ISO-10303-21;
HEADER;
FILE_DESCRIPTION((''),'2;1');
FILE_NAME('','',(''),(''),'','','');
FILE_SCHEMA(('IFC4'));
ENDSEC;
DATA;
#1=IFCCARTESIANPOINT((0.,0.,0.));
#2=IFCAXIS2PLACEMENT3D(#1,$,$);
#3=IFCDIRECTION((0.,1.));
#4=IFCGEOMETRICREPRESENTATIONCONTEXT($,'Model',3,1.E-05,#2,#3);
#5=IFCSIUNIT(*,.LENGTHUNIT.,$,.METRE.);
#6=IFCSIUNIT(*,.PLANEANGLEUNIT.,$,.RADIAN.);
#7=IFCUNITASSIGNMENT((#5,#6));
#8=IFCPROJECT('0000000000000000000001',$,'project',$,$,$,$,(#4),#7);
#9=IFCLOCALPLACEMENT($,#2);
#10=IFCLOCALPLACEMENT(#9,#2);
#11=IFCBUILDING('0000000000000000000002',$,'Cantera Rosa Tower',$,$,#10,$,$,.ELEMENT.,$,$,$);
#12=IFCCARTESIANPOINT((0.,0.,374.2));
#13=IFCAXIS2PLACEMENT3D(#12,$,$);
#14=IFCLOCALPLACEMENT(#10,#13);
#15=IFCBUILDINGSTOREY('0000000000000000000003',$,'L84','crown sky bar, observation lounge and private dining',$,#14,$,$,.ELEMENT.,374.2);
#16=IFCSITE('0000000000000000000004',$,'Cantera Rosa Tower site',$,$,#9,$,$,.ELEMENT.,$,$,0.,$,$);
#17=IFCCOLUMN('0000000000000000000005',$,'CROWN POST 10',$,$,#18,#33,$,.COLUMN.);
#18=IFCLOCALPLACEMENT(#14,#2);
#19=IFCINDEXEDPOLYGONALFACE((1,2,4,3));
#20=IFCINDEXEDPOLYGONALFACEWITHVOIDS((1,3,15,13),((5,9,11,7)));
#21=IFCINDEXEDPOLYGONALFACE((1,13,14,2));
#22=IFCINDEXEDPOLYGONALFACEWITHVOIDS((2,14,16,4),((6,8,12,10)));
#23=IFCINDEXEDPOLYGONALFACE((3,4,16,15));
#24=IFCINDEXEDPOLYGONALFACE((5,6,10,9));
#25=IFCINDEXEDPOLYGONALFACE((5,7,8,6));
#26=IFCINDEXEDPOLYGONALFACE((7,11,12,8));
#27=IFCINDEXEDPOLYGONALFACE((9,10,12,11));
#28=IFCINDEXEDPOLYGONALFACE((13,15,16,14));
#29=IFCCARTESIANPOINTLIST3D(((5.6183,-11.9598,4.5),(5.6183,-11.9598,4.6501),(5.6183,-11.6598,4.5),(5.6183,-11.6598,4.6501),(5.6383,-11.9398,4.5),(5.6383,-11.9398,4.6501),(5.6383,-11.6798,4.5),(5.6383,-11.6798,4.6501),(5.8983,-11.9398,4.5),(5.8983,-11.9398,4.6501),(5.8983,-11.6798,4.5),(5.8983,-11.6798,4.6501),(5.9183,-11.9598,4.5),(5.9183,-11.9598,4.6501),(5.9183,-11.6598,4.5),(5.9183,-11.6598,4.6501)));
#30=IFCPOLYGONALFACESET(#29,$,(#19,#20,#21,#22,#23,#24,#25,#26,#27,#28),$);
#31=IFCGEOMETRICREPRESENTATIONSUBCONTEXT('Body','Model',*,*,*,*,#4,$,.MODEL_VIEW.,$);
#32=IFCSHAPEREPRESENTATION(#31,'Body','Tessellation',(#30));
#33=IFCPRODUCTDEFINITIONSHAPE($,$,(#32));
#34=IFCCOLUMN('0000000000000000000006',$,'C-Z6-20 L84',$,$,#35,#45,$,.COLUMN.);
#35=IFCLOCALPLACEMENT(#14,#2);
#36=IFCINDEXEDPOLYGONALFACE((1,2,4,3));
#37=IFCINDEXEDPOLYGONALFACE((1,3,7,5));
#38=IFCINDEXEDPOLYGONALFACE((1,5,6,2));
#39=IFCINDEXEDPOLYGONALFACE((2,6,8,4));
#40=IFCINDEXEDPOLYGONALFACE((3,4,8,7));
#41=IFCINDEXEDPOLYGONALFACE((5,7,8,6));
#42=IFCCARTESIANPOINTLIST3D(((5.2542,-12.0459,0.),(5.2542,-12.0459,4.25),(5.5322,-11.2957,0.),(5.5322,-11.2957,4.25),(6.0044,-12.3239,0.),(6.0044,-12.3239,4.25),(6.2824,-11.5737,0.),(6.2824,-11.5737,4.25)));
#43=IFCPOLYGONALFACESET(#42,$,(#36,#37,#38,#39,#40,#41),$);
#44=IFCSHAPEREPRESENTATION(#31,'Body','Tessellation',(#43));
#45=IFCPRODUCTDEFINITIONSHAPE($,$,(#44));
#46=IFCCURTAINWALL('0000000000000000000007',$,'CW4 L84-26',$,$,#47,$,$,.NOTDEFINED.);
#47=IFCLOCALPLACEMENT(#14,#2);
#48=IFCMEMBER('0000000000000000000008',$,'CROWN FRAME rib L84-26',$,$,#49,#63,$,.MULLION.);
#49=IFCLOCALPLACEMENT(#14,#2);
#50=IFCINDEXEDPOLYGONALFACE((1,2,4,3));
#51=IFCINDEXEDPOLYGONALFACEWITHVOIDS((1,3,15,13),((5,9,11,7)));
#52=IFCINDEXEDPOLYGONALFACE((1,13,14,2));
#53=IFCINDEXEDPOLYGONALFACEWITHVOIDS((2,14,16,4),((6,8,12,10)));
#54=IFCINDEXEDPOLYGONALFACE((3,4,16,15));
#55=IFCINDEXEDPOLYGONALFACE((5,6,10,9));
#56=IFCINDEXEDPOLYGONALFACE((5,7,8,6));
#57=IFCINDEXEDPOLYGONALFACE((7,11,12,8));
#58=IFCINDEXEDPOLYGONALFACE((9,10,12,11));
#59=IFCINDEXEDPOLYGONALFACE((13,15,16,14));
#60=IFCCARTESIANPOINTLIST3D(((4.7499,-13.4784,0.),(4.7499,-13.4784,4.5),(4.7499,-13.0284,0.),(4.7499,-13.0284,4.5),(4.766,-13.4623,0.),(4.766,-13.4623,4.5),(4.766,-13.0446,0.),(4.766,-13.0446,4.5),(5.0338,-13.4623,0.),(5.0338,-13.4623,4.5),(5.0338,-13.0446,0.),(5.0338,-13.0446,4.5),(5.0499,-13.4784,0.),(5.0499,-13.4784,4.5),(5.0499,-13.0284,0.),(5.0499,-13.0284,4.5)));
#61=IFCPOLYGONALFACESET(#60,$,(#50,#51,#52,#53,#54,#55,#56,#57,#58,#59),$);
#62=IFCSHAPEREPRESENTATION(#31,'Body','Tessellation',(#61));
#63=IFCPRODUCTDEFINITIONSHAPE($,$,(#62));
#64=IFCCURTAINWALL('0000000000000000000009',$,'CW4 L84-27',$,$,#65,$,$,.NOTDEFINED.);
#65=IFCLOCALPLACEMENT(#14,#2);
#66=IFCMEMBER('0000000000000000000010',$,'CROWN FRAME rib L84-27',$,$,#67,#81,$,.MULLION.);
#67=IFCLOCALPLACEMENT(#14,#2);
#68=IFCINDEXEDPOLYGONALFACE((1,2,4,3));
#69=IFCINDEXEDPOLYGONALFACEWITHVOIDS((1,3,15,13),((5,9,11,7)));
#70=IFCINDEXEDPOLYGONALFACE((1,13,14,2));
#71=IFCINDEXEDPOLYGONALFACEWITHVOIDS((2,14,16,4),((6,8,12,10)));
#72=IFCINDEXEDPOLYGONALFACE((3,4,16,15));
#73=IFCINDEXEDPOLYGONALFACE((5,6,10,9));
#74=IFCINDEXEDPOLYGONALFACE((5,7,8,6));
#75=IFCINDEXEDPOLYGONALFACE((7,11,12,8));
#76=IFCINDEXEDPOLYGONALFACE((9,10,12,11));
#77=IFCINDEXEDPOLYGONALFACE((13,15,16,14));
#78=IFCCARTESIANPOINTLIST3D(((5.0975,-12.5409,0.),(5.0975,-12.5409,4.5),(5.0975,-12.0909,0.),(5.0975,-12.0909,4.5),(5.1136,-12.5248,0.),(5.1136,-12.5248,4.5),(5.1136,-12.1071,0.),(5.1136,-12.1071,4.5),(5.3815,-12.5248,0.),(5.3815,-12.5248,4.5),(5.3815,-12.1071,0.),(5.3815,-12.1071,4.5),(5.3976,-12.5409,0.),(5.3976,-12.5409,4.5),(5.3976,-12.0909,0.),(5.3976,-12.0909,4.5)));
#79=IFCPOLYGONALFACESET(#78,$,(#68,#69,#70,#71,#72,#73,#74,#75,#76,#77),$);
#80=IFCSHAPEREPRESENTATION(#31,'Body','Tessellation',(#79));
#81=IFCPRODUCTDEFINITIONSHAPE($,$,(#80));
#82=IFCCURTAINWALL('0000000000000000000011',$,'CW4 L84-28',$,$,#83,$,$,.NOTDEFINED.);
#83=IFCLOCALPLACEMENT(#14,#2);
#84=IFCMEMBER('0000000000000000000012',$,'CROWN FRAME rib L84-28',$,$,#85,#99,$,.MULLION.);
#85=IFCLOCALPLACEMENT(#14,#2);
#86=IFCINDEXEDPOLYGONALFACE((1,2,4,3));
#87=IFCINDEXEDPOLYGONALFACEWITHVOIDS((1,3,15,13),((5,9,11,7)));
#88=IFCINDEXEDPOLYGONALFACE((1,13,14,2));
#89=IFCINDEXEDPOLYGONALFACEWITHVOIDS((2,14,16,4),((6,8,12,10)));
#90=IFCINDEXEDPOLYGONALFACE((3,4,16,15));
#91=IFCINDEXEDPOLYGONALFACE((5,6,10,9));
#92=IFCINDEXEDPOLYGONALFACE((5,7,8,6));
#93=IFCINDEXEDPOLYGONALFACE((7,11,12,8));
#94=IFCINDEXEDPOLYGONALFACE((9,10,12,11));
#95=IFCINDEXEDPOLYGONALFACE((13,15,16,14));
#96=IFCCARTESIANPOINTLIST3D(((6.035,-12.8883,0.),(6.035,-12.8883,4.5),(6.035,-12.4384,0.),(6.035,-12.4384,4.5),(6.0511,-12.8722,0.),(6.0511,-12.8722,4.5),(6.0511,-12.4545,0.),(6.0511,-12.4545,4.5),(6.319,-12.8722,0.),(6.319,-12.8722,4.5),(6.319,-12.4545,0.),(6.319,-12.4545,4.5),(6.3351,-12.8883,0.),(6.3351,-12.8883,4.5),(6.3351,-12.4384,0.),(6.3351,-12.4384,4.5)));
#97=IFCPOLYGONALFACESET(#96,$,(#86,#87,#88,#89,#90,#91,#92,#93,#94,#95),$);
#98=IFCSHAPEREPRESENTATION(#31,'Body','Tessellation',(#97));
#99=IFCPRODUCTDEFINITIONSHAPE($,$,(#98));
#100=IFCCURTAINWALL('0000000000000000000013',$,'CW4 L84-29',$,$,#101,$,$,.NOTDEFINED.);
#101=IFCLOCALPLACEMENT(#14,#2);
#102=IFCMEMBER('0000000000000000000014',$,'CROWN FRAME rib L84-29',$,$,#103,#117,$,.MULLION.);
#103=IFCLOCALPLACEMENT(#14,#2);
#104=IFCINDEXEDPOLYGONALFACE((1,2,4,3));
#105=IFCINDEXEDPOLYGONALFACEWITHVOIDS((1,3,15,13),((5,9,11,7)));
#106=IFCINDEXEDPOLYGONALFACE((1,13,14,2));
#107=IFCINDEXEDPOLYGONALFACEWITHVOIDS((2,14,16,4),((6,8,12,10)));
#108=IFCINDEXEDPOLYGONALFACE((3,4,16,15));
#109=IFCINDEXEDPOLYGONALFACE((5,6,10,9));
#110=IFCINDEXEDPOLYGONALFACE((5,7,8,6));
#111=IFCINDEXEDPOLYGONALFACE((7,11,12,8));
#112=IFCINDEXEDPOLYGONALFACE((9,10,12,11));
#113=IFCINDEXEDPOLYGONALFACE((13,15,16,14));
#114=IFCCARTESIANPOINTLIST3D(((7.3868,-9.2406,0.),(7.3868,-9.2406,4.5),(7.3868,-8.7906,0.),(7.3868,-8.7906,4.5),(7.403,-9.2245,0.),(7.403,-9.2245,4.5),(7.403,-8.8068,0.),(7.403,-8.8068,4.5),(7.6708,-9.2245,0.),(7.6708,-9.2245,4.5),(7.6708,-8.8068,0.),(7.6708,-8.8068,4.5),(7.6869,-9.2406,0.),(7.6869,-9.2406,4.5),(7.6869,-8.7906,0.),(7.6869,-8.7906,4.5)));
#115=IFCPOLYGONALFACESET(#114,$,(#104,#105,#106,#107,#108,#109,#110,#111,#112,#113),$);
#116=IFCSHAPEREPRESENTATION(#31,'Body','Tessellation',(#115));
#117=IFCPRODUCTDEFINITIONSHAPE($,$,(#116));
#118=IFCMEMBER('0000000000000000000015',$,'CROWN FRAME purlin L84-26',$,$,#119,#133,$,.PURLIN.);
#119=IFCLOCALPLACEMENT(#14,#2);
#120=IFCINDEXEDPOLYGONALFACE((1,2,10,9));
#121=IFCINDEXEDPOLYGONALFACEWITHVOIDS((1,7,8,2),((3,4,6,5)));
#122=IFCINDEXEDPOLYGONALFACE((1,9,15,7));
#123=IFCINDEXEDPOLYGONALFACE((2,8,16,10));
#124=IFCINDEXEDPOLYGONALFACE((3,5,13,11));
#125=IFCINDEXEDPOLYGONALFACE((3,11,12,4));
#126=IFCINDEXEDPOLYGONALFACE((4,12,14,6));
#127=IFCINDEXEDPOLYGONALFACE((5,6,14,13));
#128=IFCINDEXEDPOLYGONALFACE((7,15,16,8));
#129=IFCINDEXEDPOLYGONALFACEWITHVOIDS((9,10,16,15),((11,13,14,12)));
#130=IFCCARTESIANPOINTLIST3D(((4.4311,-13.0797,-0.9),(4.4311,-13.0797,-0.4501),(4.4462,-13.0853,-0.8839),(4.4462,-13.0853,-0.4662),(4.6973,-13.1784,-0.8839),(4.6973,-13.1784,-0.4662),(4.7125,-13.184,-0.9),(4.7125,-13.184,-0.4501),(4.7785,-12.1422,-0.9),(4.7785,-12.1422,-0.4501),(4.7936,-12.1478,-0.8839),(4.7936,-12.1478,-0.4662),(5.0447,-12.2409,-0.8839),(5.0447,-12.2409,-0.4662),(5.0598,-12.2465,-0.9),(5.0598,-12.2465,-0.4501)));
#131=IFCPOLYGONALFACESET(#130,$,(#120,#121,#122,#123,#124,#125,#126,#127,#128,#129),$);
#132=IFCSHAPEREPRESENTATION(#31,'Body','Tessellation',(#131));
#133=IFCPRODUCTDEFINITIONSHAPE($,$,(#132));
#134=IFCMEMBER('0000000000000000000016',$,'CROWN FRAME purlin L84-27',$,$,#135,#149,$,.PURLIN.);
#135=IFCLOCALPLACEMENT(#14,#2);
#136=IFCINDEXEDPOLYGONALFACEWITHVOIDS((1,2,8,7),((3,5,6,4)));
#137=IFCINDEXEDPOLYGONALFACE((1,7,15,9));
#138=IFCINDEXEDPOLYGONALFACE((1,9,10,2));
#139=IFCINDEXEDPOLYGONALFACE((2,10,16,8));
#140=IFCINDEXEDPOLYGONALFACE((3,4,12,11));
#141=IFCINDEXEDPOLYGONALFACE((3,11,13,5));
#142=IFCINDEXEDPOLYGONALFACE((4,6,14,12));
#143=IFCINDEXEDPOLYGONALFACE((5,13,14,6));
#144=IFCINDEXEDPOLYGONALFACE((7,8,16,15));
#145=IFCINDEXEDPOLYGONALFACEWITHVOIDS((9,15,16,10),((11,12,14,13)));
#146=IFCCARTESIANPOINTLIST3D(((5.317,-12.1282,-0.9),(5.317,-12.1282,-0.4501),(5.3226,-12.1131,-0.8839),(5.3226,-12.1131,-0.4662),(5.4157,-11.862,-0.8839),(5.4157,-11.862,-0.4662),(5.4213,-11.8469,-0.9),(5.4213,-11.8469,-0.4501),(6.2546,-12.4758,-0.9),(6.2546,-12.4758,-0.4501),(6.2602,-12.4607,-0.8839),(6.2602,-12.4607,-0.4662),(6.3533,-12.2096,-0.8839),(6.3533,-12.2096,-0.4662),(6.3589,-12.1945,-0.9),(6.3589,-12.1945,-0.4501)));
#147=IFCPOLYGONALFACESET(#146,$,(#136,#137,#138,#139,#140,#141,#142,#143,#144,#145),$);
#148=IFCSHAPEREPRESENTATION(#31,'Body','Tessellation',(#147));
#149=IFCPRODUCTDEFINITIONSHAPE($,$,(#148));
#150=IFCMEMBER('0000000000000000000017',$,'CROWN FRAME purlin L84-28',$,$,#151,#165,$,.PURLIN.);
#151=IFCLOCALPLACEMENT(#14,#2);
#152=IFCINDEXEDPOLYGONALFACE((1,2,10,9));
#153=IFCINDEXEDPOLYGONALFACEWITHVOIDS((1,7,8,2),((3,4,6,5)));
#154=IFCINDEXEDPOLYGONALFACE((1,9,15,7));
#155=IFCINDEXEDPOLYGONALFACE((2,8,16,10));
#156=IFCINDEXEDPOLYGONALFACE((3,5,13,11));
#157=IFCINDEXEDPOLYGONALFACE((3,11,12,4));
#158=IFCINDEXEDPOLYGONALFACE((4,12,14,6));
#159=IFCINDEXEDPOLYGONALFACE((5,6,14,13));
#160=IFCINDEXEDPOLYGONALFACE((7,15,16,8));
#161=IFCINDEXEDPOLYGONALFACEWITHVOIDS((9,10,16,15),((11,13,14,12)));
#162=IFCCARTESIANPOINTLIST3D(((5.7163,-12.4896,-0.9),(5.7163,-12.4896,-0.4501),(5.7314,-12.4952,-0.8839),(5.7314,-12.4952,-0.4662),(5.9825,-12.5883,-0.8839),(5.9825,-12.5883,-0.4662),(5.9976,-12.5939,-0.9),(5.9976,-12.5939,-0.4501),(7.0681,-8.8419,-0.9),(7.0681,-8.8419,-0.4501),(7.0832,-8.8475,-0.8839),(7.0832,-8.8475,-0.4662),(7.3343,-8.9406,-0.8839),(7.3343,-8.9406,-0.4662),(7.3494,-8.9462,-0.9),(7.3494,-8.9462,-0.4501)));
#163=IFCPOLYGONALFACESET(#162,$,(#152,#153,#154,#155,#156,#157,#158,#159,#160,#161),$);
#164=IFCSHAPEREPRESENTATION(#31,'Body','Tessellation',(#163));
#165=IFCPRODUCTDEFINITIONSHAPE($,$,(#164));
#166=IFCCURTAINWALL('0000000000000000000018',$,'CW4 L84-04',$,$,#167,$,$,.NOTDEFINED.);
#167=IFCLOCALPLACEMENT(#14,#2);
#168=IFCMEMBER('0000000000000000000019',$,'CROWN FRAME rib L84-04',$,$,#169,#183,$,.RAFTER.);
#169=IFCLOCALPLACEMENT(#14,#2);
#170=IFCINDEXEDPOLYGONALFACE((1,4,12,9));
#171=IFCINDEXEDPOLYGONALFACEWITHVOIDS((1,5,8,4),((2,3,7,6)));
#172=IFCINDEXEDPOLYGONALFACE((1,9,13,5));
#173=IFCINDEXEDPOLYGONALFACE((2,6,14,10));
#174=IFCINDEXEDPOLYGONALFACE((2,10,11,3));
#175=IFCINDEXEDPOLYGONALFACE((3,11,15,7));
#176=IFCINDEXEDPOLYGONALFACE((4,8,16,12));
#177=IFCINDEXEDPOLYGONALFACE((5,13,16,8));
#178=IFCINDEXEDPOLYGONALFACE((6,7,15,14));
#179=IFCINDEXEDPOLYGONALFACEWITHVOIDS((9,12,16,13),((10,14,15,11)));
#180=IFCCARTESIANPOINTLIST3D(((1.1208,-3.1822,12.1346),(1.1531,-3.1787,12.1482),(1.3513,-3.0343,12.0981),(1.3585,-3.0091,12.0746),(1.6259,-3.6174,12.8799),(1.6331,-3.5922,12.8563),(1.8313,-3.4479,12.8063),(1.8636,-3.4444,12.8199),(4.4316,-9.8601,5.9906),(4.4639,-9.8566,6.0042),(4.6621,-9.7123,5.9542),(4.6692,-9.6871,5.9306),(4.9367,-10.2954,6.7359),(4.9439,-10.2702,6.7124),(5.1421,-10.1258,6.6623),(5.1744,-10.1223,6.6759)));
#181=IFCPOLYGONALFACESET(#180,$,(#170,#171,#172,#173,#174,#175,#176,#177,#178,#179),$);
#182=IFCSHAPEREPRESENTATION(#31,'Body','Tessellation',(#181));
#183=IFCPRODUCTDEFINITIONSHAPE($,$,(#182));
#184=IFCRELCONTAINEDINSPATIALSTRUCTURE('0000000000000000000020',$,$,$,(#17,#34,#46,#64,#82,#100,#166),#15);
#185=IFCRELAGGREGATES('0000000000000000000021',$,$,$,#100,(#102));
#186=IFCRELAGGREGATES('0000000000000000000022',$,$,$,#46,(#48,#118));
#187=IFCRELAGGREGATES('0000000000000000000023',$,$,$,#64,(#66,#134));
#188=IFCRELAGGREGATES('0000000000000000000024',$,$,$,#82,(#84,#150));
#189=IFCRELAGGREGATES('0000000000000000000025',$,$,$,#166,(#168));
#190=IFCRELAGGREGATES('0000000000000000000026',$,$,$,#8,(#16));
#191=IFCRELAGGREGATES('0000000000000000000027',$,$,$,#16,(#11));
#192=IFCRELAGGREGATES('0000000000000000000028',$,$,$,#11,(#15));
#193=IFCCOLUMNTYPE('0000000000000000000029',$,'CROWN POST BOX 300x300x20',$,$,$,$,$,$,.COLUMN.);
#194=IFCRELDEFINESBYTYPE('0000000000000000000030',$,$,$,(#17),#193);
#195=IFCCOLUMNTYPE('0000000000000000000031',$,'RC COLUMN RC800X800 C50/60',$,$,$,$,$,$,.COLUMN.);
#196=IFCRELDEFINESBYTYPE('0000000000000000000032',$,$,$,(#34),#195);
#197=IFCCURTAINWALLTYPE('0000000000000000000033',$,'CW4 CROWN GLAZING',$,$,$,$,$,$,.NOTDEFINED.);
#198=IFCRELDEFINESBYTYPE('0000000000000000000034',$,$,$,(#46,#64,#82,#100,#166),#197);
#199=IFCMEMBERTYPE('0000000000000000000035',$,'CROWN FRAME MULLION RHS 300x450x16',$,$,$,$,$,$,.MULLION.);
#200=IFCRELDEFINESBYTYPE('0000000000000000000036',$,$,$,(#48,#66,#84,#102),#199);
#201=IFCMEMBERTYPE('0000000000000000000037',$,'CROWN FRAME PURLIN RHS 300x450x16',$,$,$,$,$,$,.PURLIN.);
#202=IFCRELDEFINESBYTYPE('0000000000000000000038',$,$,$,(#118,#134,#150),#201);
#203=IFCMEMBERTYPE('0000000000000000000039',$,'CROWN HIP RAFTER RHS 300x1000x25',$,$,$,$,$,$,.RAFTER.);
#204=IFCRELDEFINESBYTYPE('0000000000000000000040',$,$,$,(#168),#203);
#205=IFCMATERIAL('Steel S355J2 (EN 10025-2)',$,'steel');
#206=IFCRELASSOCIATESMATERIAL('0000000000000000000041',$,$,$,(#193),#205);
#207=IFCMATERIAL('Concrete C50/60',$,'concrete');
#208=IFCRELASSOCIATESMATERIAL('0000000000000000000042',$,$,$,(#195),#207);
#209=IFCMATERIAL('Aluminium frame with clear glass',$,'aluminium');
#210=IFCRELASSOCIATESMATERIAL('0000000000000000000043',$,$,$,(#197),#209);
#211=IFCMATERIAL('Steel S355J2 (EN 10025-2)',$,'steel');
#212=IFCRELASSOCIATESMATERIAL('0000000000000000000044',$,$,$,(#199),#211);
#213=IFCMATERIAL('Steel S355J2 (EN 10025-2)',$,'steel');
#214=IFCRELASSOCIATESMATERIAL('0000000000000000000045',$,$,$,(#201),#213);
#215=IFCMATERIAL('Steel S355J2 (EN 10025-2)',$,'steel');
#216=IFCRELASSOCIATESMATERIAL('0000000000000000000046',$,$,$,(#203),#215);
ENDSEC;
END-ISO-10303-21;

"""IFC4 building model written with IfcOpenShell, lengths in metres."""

from ifc_helpers import new_model, si_unit, direction, frame, origin, origin_2d, place, context, subcontext, project, spatial, rectangle, hollow_rectangle, extrude, material, material_profile, profile_set, type_object, element, aggregate, save


model = new_model("IFC4")

# Units and contexts
model_context = context("Model", 3, precision=1e-05, world=origin(), true_north=direction((0.0, 1.0)))
body_context = subcontext(model_context, "Body", "Model", "MODEL_VIEW")
ifc_project = project(units=[si_unit("LENGTHUNIT", "METRE"), si_unit("PLANEANGLEUNIT", "RADIAN")], contexts=[model_context])

# Site, building, storey
site_placement = place(None, origin())
site = spatial("IfcSite", under=ifc_project, at=site_placement, Name="Cantera Rosa Tower site", CompositionType="ELEMENT", RefElevation=0.0)
building_placement = place(site_placement, origin())
building = spatial("IfcBuilding", under=site, at=building_placement, Name="Cantera Rosa Tower", CompositionType="ELEMENT")
storey_placement = place(building_placement, frame((0.0, 0.0, 374.2)))
storey = spatial("IfcBuildingStorey", under=building, at=storey_placement, Name="L84", Description="crown sky bar, observation lounge and private dining", CompositionType="ELEMENT", Elevation=374.2)

# Columns
ifc_material_1 = material(Name="Steel S355J2 (EN 10025-2)", Category="steel")
ifc_material_profile_1 = material_profile(ifc_material_1, hollow_rectangle(XDim=0.3, YDim=0.3, WallThickness=0.02, at=origin_2d()), Name="CROWN POST BOX 300x300x20")
ifc_profile_set_1 = profile_set([ifc_material_profile_1], Name="Steel S355J2 (EN 10025-2)")
column_type_1 = type_object("IfcColumnType", Name="CROWN POST BOX 300x300x20", PredefinedType="COLUMN", material=ifc_profile_set_1)
column_1_placement = place(storey_placement, frame((5.7683, -11.8098, 4.5), z_axis=(0.0, 0.0, 1.0), x_axis=(1.0, 0.0, 0.0)))
element("IfcColumn", 1, at=column_1_placement, inside=storey, type_object=column_type_1, Name="CROWN POST 10", PredefinedType="COLUMN", context=body_context, shape_type="SweptSolid", body=[
    extrude(hollow_rectangle(XDim=0.3, YDim=0.3, WallThickness=0.02, at=origin_2d()), origin(), (0.0, 0.0, 1.0), 0.1501),
])
ifc_material_2 = material(Name="Concrete C50/60", Category="concrete")
ifc_material_profile_2 = material_profile(ifc_material_2, rectangle(XDim=0.8, YDim=0.8, at=origin_2d()), Name="RC COLUMN RC800X800 C50/60")
ifc_profile_set_2 = profile_set([ifc_material_profile_2], Name="Concrete C50/60")
column_type_2 = type_object("IfcColumnType", Name="RC COLUMN RC800X800 C50/60", PredefinedType="COLUMN", material=ifc_profile_set_2)
column_2_placement = place(storey_placement, frame((5.7683, -11.8098, 0.0), z_axis=(0.0, 0.0, 1.0), x_axis=(0.347481, 0.937687, 0.0)))
element("IfcColumn", 2, at=column_2_placement, inside=storey, type_object=column_type_2, Name="C-Z6-20 L84", PredefinedType="COLUMN", context=body_context, shape_type="SweptSolid", body=[
    extrude(rectangle(XDim=0.8, YDim=0.8, at=origin_2d()), origin(), (0.0, 0.0, 1.0), 4.25),
])

# Curtain walls, members
ifc_material_3 = material(Name="Aluminium frame with clear glass", Category="aluminium")
curtain_wall_type = type_object("IfcCurtainWallType", Name="CW4 CROWN GLAZING", PredefinedType="NOTDEFINED", material=ifc_material_3)
curtain_wall_1_placement = place(storey_placement, origin())
curtain_wall_1 = element("IfcCurtainWall", 3, at=curtain_wall_1_placement, inside=storey, type_object=curtain_wall_type, Name="CW4 L84-26", PredefinedType="NOTDEFINED")
ifc_material_4 = material(Name="Steel S355J2 (EN 10025-2)", Category="steel")
ifc_material_profile_3 = material_profile(ifc_material_4, hollow_rectangle(XDim=0.3, YDim=0.45, WallThickness=0.0161, at=origin_2d()), Name="CROWN FRAME MULLION RHS 300x450x16")
ifc_profile_set_3 = profile_set([ifc_material_profile_3], Name="Steel S355J2 (EN 10025-2)")
member_type_1 = type_object("IfcMemberType", Name="CROWN FRAME MULLION RHS 300x450x16", PredefinedType="MULLION", material=ifc_profile_set_3)
member_1_placement = place(storey_placement, frame((4.8999, -13.2534, 0.0), z_axis=(0.0, 0.0, 1.0), x_axis=(1.0, 0.0, 0.0)))
member_1 = element("IfcMember", 4, at=member_1_placement, type_object=member_type_1, Name="CROWN FRAME rib L84-26", PredefinedType="MULLION", context=body_context, shape_type="SweptSolid", body=[
    extrude(hollow_rectangle(XDim=0.3, YDim=0.45, WallThickness=0.0161, at=origin_2d()), origin(), (0.0, 0.0, 1.0), 4.5),
])
curtain_wall_2_placement = place(storey_placement, origin())
curtain_wall_2 = element("IfcCurtainWall", 5, at=curtain_wall_2_placement, inside=storey, type_object=curtain_wall_type, Name="CW4 L84-27", PredefinedType="NOTDEFINED")
member_2_placement = place(storey_placement, frame((5.2476, -12.3159, 0.0), z_axis=(0.0, 0.0, 1.0), x_axis=(1.0, 0.0, 0.0)))
member_2 = element("IfcMember", 6, at=member_2_placement, type_object=member_type_1, Name="CROWN FRAME rib L84-27", PredefinedType="MULLION", context=body_context, shape_type="SweptSolid", body=[
    extrude(hollow_rectangle(XDim=0.3, YDim=0.45, WallThickness=0.0161, at=origin_2d()), origin(), (0.0, 0.0, 1.0), 4.5),
])
curtain_wall_3_placement = place(storey_placement, origin())
curtain_wall_3 = element("IfcCurtainWall", 7, at=curtain_wall_3_placement, inside=storey, type_object=curtain_wall_type, Name="CW4 L84-28", PredefinedType="NOTDEFINED")
member_3_placement = place(storey_placement, frame((6.1851, -12.6633, 0.0), z_axis=(0.0, 0.0, 1.0), x_axis=(1.0, 0.0, 0.0)))
member_3 = element("IfcMember", 8, at=member_3_placement, type_object=member_type_1, Name="CROWN FRAME rib L84-28", PredefinedType="MULLION", context=body_context, shape_type="SweptSolid", body=[
    extrude(hollow_rectangle(XDim=0.3, YDim=0.45, WallThickness=0.0161, at=origin_2d()), origin(), (0.0, 0.0, 1.0), 4.5),
])
curtain_wall_4_placement = place(storey_placement, origin())
curtain_wall_4 = element("IfcCurtainWall", 9, at=curtain_wall_4_placement, inside=storey, type_object=curtain_wall_type, Name="CW4 L84-29", PredefinedType="NOTDEFINED")
member_4_placement = place(storey_placement, frame((7.5369, -9.0156, 0.0), z_axis=(0.0, 0.0, 1.0), x_axis=(1.0, 0.0, 0.0)))
member_4 = element("IfcMember", 10, at=member_4_placement, type_object=member_type_1, Name="CROWN FRAME rib L84-29", PredefinedType="MULLION", context=body_context, shape_type="SweptSolid", body=[
    extrude(hollow_rectangle(XDim=0.3, YDim=0.45, WallThickness=0.0161, at=origin_2d()), origin(), (0.0, 0.0, 1.0), 4.5),
])

# Members
ifc_material_5 = material(Name="Steel S355J2 (EN 10025-2)", Category="steel")
ifc_material_profile_4 = material_profile(ifc_material_5, hollow_rectangle(XDim=0.3, YDim=0.45, WallThickness=0.0161, at=origin_2d()), Name="CROWN FRAME PURLIN RHS 300x450x16")
ifc_profile_set_4 = profile_set([ifc_material_profile_4], Name="Steel S355J2 (EN 10025-2)")
member_type_2 = type_object("IfcMemberType", Name="CROWN FRAME PURLIN RHS 300x450x16", PredefinedType="PURLIN", material=ifc_profile_set_4)
member_5_placement = place(storey_placement, frame((4.5718, -13.1318, -0.675), z_axis=(0.347481, 0.937687, 0.0), x_axis=(-0.937687, 0.347481, 0.0)))
member_5 = element("IfcMember", 11, at=member_5_placement, type_object=member_type_2, Name="CROWN FRAME purlin L84-26", PredefinedType="PURLIN", context=body_context, shape_type="SweptSolid", body=[
    extrude(hollow_rectangle(XDim=0.3, YDim=0.45, WallThickness=0.0161, at=origin_2d()), origin(), (0.0, 0.0, 1.0), 0.9998),
])
member_6_placement = place(storey_placement, frame((5.3691, -11.9875, -0.675), z_axis=(0.937637, -0.347616, 0.0), x_axis=(0.347616, 0.937637, 0.0)))
member_6 = element("IfcMember", 12, at=member_6_placement, type_object=member_type_2, Name="CROWN FRAME purlin L84-27", PredefinedType="PURLIN", context=body_context, shape_type="SweptSolid", body=[
    extrude(hollow_rectangle(XDim=0.3, YDim=0.45, WallThickness=0.0161, at=origin_2d()), origin(), (0.0, 0.0, 1.0), 1.0),
])
member_7_placement = place(storey_placement, frame((5.8569, -12.5417, -0.675), z_axis=(0.347496, 0.937681, 0.0), x_axis=(-0.937681, 0.347496, 0.0)))
member_7 = element("IfcMember", 13, at=member_7_placement, type_object=member_type_2, Name="CROWN FRAME purlin L84-28", PredefinedType="PURLIN", context=body_context, shape_type="SweptSolid", body=[
    extrude(hollow_rectangle(XDim=0.3, YDim=0.45, WallThickness=0.0161, at=origin_2d()), origin(), (0.0, 0.0, 1.0), 3.8901),
])

# Curtain wall, member
curtain_wall_5_placement = place(storey_placement, origin())
curtain_wall_5 = element("IfcCurtainWall", 14, at=curtain_wall_5_placement, inside=storey, type_object=curtain_wall_type, Name="CW4 L84-04", PredefinedType="NOTDEFINED")
ifc_material_6 = material(Name="Steel S355J2 (EN 10025-2)", Category="steel")
ifc_material_profile_5 = material_profile(ifc_material_6, hollow_rectangle(XDim=0.3, YDim=1.0, WallThickness=0.0249, at=origin_2d()), Name="CROWN HIP RAFTER RHS 300x1000x25")
ifc_profile_set_5 = profile_set([ifc_material_profile_5], Name="Steel S355J2 (EN 10025-2)")
member_type_3 = type_object("IfcMemberType", Name="CROWN HIP RAFTER RHS 300x1000x25", PredefinedType="RAFTER", material=ifc_profile_set_5)
member_8_placement = place(storey_placement, frame((4.803, -9.9912, 6.3333), z_axis=(-0.34275, 0.691338, 0.636062), x_axis=(0.792066, 0.57673, -0.200035)))
member_8 = element("IfcMember", 15, at=member_8_placement, type_object=member_type_3, Name="CROWN FRAME rib L84-04", PredefinedType="RAFTER", context=body_context, shape_type="SweptSolid", body=[
    extrude(hollow_rectangle(XDim=0.3, YDim=1.0, WallThickness=0.0249, at=origin_2d()), origin(), (0.0, 0.0, 1.0), 9.6594),
])

aggregate(curtain_wall_4, [member_4])

aggregate(curtain_wall_1, [member_1, member_5])
aggregate(curtain_wall_2, [member_2, member_6])
aggregate(curtain_wall_3, [member_3, member_7])
aggregate(curtain_wall_5, [member_8])

save(model, "model.ifc")
